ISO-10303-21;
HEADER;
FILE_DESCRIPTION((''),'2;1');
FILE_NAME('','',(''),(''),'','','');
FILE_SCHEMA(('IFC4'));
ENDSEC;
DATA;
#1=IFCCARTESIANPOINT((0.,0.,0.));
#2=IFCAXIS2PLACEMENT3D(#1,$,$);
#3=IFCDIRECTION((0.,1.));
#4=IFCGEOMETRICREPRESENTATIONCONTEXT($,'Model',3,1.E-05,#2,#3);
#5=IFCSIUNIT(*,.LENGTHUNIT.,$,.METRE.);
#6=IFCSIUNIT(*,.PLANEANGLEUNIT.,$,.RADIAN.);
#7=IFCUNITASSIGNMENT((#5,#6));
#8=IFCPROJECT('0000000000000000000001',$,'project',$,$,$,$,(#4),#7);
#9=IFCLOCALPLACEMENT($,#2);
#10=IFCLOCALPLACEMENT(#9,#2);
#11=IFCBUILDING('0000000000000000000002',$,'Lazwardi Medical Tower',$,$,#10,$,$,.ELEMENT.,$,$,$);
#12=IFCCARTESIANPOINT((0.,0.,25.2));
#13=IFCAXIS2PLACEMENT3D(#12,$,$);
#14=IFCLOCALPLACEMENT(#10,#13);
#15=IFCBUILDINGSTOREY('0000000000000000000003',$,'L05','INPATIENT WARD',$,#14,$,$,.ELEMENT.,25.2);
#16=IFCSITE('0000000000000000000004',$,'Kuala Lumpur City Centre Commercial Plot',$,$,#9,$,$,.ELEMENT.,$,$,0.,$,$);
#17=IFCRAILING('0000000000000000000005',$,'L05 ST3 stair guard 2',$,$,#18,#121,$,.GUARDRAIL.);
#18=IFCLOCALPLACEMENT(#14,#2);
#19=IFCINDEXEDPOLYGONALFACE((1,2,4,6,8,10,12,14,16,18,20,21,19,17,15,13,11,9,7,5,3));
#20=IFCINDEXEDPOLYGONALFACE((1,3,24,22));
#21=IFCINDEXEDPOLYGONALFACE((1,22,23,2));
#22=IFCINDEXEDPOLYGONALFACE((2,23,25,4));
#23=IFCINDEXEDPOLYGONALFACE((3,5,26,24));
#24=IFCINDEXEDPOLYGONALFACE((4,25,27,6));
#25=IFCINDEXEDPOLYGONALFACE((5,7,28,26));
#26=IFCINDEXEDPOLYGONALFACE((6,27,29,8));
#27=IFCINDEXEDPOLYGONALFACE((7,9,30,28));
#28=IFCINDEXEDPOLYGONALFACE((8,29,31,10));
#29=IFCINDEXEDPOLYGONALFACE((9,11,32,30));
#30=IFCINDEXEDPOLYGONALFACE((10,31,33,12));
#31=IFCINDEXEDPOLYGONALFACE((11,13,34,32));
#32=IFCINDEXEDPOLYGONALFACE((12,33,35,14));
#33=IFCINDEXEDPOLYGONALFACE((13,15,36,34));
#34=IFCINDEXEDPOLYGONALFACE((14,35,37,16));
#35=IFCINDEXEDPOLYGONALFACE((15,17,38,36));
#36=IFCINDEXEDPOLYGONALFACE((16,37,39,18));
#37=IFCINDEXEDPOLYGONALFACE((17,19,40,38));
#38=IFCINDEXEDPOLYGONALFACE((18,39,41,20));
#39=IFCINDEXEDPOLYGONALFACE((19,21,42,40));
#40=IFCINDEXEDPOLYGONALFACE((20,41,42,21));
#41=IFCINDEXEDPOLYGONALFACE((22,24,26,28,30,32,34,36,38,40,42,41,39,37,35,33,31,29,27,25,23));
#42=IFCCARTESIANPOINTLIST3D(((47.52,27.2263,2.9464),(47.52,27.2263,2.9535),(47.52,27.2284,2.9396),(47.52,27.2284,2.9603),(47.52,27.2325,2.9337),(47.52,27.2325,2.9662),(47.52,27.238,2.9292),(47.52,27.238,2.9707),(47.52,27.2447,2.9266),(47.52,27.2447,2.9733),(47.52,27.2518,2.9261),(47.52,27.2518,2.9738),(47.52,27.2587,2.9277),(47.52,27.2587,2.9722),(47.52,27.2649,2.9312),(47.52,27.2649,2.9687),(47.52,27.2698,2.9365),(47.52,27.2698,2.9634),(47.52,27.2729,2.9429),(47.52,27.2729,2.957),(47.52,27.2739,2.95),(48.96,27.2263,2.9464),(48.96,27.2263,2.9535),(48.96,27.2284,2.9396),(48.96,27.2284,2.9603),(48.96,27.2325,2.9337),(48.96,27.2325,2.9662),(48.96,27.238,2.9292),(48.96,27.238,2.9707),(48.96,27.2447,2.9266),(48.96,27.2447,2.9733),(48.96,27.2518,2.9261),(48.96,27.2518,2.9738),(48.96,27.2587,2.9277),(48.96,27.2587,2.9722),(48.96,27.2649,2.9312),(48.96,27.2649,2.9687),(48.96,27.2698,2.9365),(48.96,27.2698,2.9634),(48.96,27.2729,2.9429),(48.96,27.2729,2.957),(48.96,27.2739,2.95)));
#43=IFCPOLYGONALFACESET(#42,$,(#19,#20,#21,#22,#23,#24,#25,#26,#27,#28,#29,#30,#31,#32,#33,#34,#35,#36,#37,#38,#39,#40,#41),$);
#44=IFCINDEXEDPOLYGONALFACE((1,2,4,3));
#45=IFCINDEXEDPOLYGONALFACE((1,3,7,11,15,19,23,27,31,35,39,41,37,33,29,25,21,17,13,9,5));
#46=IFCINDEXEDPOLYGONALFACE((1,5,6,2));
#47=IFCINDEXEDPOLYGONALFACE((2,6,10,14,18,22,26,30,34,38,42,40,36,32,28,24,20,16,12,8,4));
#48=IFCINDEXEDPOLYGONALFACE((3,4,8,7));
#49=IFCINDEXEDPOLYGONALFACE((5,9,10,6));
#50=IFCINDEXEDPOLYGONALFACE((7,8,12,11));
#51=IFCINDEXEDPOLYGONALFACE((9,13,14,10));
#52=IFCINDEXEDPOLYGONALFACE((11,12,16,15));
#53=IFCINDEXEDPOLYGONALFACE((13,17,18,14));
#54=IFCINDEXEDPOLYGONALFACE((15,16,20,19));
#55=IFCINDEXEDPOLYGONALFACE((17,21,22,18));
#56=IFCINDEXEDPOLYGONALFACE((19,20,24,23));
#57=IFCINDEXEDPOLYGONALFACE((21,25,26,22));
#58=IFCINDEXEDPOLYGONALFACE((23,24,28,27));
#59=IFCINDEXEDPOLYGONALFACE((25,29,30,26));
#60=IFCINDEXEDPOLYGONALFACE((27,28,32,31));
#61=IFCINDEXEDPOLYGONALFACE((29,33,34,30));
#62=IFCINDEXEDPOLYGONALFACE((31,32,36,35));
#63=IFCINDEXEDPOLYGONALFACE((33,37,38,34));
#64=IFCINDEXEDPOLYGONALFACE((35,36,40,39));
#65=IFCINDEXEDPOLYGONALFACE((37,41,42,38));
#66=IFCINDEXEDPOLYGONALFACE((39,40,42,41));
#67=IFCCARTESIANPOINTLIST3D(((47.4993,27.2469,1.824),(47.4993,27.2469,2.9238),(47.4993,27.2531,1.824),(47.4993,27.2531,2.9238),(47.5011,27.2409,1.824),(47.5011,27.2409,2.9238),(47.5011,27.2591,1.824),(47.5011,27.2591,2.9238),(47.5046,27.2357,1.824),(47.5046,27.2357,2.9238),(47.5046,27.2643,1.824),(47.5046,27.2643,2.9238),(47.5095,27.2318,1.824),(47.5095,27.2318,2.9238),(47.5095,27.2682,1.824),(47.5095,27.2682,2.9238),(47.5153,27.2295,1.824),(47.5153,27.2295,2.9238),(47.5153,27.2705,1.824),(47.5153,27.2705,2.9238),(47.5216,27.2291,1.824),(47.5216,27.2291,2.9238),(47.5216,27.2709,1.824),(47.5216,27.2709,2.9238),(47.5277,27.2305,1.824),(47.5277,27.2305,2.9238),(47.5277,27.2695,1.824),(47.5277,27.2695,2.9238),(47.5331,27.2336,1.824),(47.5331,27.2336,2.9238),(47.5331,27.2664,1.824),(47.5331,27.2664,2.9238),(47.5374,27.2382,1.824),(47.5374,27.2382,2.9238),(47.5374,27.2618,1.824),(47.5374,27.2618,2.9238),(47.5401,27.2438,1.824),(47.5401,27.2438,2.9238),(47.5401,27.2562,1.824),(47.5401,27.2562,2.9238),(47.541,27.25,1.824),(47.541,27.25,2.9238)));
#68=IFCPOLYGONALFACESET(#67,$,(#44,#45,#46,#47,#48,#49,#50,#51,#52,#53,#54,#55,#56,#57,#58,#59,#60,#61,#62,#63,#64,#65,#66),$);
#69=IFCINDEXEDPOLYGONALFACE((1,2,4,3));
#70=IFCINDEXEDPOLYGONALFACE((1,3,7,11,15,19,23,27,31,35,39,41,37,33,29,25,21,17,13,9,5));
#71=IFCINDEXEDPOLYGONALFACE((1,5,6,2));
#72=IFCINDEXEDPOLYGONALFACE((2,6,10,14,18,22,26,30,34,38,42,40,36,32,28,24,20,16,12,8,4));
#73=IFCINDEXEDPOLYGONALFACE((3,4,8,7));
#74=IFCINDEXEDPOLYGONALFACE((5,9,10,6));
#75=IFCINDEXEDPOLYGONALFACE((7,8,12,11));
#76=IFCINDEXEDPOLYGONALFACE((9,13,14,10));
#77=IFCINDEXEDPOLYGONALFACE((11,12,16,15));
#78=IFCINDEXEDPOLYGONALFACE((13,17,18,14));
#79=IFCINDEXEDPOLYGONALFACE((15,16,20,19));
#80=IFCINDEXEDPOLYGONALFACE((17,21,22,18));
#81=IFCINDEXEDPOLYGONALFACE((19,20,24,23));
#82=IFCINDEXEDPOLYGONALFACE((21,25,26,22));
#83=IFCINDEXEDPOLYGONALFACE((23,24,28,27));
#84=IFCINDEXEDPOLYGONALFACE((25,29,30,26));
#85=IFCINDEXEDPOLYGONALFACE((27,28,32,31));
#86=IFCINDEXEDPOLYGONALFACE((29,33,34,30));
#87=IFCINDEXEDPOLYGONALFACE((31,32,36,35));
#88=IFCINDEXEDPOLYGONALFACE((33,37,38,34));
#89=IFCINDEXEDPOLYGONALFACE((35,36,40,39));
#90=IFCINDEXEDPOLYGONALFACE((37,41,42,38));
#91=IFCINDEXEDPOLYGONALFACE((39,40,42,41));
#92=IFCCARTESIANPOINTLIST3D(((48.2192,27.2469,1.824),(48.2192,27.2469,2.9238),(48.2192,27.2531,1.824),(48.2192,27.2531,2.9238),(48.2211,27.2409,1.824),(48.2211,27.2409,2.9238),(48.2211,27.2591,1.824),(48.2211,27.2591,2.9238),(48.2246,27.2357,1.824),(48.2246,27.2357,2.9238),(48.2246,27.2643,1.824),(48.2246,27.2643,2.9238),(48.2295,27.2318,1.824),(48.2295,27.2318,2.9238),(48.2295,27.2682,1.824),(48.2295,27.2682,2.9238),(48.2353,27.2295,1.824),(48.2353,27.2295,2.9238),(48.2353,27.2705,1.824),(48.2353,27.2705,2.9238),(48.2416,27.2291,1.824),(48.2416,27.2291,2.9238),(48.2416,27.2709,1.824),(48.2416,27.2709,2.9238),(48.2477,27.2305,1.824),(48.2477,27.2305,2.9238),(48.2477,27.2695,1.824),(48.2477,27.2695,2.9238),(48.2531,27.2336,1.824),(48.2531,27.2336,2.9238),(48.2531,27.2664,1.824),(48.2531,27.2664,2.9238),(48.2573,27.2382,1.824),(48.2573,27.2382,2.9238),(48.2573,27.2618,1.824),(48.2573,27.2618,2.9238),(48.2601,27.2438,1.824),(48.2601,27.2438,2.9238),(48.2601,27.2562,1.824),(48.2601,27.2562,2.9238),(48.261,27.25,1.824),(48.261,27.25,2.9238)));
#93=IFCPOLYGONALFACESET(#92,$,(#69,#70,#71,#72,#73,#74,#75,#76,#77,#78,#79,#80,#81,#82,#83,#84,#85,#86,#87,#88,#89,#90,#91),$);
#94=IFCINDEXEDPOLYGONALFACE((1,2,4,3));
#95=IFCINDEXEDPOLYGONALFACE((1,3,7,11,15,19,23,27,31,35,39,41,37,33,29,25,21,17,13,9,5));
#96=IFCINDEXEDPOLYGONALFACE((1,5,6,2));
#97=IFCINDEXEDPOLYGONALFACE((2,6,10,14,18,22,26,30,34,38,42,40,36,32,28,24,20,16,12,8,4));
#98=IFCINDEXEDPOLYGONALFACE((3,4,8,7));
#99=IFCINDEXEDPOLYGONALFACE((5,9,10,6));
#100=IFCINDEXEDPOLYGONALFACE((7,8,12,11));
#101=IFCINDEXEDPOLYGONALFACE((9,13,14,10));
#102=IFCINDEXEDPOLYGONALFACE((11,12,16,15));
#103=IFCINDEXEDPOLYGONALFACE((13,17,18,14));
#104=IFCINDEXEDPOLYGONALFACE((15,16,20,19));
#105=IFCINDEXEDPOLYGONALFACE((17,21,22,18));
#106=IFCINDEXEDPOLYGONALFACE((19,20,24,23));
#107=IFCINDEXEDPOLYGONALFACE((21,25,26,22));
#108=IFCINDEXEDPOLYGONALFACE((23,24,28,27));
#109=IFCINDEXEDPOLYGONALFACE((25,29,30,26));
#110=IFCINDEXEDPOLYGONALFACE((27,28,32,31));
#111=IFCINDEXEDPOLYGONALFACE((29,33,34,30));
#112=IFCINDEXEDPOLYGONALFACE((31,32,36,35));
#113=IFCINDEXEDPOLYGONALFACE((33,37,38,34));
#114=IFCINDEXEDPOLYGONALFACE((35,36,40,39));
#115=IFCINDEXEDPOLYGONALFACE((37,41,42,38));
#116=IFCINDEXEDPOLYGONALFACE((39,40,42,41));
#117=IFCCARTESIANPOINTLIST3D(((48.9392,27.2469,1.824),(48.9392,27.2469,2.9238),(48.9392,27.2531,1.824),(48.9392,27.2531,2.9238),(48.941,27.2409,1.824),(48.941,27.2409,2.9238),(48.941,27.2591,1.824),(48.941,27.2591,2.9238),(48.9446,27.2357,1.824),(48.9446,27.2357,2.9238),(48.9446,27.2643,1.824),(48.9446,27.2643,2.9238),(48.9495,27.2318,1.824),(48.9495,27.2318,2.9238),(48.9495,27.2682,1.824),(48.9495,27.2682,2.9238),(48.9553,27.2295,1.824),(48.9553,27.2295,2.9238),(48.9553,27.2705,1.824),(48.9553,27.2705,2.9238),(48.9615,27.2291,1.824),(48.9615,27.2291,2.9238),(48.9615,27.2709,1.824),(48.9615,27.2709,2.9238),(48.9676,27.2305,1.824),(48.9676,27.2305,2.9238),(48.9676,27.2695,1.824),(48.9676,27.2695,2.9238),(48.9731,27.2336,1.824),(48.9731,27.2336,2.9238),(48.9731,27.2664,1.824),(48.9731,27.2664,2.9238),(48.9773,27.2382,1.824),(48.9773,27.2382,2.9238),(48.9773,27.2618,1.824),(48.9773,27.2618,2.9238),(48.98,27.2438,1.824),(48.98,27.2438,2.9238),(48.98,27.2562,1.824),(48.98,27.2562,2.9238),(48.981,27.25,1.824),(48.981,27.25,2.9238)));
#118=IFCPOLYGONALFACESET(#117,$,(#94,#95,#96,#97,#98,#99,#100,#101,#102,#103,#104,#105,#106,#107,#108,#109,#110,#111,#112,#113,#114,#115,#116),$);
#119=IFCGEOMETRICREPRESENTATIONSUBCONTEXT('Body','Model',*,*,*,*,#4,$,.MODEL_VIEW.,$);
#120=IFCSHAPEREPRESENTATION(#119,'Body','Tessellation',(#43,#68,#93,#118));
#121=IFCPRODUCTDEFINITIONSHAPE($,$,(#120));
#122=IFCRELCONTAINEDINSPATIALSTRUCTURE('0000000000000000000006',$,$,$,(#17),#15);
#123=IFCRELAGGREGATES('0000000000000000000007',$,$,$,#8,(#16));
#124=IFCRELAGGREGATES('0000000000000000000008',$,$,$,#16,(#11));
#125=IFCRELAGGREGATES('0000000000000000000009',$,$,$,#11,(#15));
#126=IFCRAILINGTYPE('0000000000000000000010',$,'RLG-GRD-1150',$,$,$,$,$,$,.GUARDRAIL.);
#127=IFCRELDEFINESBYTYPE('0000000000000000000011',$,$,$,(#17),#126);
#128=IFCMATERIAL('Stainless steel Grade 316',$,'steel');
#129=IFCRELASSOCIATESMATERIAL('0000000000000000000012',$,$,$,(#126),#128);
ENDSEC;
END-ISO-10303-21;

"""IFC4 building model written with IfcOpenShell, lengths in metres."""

from ifc_helpers import new_model, si_unit, direction, frame, origin, origin_2d, place, context, subcontext, project, spatial, circle, extrude, material, type_object, element, save


model = new_model("IFC4")

# Units and contexts
model_context = context("Model", 3, precision=1e-05, world=origin(), true_north=direction((0.0, 1.0)))
body_context = subcontext(model_context, "Body", "Model", "MODEL_VIEW")
ifc_project = project(units=[si_unit("LENGTHUNIT", "METRE"), si_unit("PLANEANGLEUNIT", "RADIAN")], contexts=[model_context])

# Site, building, storey
site_placement = place(None, origin())
site = spatial("IfcSite", under=ifc_project, at=site_placement, Name="Kuala Lumpur City Centre Commercial Plot", CompositionType="ELEMENT", RefElevation=0.0)
building_placement = place(site_placement, origin())
building = spatial("IfcBuilding", under=site, at=building_placement, Name="Lazwardi Medical Tower", CompositionType="ELEMENT")
storey_placement = place(building_placement, frame((0.0, 0.0, 25.2)))
storey = spatial("IfcBuildingStorey", under=building, at=storey_placement, Name="L05", Description="INPATIENT WARD", CompositionType="ELEMENT", Elevation=25.2)

# Railing
ifc_material_1 = material(Name="Stainless steel Grade 316", Category="steel")
railing_type_1 = type_object("IfcRailingType", Name="RLG-GRD-1150", PredefinedType="GUARDRAIL", material=ifc_material_1)
railing_1_placement = place(storey_placement, frame((47.52, 27.25, 1.824)))
element("IfcRailing", 1, at=railing_1_placement, inside=storey, type_object=railing_type_1, Name="L05 ST3 stair guard 2", PredefinedType="GUARDRAIL", context=body_context, shape_type="SweptSolid", body=[
    extrude(circle(Radius=0.0239, at=origin_2d()), frame((0.0, 0.0, 1.126), z_axis=(1.0, 0.0, 0.0), x_axis=(0.0, 1.0, 0.0)), (0.0, 0.0, 1.0), 1.4399),
    extrude(circle(Radius=0.021, at=origin_2d()), origin(), (0.0, 0.0, 1.0), 1.0999),
    extrude(circle(Radius=0.021, at=origin_2d()), frame((0.72, 0.0, 0.0)), (0.0, 0.0, 1.0), 1.0999),
    extrude(circle(Radius=0.021, at=origin_2d()), frame((1.4399, 0.0, 0.0)), (0.0, 0.0, 1.0), 1.0999),
])

save(model, "model.ifc")
